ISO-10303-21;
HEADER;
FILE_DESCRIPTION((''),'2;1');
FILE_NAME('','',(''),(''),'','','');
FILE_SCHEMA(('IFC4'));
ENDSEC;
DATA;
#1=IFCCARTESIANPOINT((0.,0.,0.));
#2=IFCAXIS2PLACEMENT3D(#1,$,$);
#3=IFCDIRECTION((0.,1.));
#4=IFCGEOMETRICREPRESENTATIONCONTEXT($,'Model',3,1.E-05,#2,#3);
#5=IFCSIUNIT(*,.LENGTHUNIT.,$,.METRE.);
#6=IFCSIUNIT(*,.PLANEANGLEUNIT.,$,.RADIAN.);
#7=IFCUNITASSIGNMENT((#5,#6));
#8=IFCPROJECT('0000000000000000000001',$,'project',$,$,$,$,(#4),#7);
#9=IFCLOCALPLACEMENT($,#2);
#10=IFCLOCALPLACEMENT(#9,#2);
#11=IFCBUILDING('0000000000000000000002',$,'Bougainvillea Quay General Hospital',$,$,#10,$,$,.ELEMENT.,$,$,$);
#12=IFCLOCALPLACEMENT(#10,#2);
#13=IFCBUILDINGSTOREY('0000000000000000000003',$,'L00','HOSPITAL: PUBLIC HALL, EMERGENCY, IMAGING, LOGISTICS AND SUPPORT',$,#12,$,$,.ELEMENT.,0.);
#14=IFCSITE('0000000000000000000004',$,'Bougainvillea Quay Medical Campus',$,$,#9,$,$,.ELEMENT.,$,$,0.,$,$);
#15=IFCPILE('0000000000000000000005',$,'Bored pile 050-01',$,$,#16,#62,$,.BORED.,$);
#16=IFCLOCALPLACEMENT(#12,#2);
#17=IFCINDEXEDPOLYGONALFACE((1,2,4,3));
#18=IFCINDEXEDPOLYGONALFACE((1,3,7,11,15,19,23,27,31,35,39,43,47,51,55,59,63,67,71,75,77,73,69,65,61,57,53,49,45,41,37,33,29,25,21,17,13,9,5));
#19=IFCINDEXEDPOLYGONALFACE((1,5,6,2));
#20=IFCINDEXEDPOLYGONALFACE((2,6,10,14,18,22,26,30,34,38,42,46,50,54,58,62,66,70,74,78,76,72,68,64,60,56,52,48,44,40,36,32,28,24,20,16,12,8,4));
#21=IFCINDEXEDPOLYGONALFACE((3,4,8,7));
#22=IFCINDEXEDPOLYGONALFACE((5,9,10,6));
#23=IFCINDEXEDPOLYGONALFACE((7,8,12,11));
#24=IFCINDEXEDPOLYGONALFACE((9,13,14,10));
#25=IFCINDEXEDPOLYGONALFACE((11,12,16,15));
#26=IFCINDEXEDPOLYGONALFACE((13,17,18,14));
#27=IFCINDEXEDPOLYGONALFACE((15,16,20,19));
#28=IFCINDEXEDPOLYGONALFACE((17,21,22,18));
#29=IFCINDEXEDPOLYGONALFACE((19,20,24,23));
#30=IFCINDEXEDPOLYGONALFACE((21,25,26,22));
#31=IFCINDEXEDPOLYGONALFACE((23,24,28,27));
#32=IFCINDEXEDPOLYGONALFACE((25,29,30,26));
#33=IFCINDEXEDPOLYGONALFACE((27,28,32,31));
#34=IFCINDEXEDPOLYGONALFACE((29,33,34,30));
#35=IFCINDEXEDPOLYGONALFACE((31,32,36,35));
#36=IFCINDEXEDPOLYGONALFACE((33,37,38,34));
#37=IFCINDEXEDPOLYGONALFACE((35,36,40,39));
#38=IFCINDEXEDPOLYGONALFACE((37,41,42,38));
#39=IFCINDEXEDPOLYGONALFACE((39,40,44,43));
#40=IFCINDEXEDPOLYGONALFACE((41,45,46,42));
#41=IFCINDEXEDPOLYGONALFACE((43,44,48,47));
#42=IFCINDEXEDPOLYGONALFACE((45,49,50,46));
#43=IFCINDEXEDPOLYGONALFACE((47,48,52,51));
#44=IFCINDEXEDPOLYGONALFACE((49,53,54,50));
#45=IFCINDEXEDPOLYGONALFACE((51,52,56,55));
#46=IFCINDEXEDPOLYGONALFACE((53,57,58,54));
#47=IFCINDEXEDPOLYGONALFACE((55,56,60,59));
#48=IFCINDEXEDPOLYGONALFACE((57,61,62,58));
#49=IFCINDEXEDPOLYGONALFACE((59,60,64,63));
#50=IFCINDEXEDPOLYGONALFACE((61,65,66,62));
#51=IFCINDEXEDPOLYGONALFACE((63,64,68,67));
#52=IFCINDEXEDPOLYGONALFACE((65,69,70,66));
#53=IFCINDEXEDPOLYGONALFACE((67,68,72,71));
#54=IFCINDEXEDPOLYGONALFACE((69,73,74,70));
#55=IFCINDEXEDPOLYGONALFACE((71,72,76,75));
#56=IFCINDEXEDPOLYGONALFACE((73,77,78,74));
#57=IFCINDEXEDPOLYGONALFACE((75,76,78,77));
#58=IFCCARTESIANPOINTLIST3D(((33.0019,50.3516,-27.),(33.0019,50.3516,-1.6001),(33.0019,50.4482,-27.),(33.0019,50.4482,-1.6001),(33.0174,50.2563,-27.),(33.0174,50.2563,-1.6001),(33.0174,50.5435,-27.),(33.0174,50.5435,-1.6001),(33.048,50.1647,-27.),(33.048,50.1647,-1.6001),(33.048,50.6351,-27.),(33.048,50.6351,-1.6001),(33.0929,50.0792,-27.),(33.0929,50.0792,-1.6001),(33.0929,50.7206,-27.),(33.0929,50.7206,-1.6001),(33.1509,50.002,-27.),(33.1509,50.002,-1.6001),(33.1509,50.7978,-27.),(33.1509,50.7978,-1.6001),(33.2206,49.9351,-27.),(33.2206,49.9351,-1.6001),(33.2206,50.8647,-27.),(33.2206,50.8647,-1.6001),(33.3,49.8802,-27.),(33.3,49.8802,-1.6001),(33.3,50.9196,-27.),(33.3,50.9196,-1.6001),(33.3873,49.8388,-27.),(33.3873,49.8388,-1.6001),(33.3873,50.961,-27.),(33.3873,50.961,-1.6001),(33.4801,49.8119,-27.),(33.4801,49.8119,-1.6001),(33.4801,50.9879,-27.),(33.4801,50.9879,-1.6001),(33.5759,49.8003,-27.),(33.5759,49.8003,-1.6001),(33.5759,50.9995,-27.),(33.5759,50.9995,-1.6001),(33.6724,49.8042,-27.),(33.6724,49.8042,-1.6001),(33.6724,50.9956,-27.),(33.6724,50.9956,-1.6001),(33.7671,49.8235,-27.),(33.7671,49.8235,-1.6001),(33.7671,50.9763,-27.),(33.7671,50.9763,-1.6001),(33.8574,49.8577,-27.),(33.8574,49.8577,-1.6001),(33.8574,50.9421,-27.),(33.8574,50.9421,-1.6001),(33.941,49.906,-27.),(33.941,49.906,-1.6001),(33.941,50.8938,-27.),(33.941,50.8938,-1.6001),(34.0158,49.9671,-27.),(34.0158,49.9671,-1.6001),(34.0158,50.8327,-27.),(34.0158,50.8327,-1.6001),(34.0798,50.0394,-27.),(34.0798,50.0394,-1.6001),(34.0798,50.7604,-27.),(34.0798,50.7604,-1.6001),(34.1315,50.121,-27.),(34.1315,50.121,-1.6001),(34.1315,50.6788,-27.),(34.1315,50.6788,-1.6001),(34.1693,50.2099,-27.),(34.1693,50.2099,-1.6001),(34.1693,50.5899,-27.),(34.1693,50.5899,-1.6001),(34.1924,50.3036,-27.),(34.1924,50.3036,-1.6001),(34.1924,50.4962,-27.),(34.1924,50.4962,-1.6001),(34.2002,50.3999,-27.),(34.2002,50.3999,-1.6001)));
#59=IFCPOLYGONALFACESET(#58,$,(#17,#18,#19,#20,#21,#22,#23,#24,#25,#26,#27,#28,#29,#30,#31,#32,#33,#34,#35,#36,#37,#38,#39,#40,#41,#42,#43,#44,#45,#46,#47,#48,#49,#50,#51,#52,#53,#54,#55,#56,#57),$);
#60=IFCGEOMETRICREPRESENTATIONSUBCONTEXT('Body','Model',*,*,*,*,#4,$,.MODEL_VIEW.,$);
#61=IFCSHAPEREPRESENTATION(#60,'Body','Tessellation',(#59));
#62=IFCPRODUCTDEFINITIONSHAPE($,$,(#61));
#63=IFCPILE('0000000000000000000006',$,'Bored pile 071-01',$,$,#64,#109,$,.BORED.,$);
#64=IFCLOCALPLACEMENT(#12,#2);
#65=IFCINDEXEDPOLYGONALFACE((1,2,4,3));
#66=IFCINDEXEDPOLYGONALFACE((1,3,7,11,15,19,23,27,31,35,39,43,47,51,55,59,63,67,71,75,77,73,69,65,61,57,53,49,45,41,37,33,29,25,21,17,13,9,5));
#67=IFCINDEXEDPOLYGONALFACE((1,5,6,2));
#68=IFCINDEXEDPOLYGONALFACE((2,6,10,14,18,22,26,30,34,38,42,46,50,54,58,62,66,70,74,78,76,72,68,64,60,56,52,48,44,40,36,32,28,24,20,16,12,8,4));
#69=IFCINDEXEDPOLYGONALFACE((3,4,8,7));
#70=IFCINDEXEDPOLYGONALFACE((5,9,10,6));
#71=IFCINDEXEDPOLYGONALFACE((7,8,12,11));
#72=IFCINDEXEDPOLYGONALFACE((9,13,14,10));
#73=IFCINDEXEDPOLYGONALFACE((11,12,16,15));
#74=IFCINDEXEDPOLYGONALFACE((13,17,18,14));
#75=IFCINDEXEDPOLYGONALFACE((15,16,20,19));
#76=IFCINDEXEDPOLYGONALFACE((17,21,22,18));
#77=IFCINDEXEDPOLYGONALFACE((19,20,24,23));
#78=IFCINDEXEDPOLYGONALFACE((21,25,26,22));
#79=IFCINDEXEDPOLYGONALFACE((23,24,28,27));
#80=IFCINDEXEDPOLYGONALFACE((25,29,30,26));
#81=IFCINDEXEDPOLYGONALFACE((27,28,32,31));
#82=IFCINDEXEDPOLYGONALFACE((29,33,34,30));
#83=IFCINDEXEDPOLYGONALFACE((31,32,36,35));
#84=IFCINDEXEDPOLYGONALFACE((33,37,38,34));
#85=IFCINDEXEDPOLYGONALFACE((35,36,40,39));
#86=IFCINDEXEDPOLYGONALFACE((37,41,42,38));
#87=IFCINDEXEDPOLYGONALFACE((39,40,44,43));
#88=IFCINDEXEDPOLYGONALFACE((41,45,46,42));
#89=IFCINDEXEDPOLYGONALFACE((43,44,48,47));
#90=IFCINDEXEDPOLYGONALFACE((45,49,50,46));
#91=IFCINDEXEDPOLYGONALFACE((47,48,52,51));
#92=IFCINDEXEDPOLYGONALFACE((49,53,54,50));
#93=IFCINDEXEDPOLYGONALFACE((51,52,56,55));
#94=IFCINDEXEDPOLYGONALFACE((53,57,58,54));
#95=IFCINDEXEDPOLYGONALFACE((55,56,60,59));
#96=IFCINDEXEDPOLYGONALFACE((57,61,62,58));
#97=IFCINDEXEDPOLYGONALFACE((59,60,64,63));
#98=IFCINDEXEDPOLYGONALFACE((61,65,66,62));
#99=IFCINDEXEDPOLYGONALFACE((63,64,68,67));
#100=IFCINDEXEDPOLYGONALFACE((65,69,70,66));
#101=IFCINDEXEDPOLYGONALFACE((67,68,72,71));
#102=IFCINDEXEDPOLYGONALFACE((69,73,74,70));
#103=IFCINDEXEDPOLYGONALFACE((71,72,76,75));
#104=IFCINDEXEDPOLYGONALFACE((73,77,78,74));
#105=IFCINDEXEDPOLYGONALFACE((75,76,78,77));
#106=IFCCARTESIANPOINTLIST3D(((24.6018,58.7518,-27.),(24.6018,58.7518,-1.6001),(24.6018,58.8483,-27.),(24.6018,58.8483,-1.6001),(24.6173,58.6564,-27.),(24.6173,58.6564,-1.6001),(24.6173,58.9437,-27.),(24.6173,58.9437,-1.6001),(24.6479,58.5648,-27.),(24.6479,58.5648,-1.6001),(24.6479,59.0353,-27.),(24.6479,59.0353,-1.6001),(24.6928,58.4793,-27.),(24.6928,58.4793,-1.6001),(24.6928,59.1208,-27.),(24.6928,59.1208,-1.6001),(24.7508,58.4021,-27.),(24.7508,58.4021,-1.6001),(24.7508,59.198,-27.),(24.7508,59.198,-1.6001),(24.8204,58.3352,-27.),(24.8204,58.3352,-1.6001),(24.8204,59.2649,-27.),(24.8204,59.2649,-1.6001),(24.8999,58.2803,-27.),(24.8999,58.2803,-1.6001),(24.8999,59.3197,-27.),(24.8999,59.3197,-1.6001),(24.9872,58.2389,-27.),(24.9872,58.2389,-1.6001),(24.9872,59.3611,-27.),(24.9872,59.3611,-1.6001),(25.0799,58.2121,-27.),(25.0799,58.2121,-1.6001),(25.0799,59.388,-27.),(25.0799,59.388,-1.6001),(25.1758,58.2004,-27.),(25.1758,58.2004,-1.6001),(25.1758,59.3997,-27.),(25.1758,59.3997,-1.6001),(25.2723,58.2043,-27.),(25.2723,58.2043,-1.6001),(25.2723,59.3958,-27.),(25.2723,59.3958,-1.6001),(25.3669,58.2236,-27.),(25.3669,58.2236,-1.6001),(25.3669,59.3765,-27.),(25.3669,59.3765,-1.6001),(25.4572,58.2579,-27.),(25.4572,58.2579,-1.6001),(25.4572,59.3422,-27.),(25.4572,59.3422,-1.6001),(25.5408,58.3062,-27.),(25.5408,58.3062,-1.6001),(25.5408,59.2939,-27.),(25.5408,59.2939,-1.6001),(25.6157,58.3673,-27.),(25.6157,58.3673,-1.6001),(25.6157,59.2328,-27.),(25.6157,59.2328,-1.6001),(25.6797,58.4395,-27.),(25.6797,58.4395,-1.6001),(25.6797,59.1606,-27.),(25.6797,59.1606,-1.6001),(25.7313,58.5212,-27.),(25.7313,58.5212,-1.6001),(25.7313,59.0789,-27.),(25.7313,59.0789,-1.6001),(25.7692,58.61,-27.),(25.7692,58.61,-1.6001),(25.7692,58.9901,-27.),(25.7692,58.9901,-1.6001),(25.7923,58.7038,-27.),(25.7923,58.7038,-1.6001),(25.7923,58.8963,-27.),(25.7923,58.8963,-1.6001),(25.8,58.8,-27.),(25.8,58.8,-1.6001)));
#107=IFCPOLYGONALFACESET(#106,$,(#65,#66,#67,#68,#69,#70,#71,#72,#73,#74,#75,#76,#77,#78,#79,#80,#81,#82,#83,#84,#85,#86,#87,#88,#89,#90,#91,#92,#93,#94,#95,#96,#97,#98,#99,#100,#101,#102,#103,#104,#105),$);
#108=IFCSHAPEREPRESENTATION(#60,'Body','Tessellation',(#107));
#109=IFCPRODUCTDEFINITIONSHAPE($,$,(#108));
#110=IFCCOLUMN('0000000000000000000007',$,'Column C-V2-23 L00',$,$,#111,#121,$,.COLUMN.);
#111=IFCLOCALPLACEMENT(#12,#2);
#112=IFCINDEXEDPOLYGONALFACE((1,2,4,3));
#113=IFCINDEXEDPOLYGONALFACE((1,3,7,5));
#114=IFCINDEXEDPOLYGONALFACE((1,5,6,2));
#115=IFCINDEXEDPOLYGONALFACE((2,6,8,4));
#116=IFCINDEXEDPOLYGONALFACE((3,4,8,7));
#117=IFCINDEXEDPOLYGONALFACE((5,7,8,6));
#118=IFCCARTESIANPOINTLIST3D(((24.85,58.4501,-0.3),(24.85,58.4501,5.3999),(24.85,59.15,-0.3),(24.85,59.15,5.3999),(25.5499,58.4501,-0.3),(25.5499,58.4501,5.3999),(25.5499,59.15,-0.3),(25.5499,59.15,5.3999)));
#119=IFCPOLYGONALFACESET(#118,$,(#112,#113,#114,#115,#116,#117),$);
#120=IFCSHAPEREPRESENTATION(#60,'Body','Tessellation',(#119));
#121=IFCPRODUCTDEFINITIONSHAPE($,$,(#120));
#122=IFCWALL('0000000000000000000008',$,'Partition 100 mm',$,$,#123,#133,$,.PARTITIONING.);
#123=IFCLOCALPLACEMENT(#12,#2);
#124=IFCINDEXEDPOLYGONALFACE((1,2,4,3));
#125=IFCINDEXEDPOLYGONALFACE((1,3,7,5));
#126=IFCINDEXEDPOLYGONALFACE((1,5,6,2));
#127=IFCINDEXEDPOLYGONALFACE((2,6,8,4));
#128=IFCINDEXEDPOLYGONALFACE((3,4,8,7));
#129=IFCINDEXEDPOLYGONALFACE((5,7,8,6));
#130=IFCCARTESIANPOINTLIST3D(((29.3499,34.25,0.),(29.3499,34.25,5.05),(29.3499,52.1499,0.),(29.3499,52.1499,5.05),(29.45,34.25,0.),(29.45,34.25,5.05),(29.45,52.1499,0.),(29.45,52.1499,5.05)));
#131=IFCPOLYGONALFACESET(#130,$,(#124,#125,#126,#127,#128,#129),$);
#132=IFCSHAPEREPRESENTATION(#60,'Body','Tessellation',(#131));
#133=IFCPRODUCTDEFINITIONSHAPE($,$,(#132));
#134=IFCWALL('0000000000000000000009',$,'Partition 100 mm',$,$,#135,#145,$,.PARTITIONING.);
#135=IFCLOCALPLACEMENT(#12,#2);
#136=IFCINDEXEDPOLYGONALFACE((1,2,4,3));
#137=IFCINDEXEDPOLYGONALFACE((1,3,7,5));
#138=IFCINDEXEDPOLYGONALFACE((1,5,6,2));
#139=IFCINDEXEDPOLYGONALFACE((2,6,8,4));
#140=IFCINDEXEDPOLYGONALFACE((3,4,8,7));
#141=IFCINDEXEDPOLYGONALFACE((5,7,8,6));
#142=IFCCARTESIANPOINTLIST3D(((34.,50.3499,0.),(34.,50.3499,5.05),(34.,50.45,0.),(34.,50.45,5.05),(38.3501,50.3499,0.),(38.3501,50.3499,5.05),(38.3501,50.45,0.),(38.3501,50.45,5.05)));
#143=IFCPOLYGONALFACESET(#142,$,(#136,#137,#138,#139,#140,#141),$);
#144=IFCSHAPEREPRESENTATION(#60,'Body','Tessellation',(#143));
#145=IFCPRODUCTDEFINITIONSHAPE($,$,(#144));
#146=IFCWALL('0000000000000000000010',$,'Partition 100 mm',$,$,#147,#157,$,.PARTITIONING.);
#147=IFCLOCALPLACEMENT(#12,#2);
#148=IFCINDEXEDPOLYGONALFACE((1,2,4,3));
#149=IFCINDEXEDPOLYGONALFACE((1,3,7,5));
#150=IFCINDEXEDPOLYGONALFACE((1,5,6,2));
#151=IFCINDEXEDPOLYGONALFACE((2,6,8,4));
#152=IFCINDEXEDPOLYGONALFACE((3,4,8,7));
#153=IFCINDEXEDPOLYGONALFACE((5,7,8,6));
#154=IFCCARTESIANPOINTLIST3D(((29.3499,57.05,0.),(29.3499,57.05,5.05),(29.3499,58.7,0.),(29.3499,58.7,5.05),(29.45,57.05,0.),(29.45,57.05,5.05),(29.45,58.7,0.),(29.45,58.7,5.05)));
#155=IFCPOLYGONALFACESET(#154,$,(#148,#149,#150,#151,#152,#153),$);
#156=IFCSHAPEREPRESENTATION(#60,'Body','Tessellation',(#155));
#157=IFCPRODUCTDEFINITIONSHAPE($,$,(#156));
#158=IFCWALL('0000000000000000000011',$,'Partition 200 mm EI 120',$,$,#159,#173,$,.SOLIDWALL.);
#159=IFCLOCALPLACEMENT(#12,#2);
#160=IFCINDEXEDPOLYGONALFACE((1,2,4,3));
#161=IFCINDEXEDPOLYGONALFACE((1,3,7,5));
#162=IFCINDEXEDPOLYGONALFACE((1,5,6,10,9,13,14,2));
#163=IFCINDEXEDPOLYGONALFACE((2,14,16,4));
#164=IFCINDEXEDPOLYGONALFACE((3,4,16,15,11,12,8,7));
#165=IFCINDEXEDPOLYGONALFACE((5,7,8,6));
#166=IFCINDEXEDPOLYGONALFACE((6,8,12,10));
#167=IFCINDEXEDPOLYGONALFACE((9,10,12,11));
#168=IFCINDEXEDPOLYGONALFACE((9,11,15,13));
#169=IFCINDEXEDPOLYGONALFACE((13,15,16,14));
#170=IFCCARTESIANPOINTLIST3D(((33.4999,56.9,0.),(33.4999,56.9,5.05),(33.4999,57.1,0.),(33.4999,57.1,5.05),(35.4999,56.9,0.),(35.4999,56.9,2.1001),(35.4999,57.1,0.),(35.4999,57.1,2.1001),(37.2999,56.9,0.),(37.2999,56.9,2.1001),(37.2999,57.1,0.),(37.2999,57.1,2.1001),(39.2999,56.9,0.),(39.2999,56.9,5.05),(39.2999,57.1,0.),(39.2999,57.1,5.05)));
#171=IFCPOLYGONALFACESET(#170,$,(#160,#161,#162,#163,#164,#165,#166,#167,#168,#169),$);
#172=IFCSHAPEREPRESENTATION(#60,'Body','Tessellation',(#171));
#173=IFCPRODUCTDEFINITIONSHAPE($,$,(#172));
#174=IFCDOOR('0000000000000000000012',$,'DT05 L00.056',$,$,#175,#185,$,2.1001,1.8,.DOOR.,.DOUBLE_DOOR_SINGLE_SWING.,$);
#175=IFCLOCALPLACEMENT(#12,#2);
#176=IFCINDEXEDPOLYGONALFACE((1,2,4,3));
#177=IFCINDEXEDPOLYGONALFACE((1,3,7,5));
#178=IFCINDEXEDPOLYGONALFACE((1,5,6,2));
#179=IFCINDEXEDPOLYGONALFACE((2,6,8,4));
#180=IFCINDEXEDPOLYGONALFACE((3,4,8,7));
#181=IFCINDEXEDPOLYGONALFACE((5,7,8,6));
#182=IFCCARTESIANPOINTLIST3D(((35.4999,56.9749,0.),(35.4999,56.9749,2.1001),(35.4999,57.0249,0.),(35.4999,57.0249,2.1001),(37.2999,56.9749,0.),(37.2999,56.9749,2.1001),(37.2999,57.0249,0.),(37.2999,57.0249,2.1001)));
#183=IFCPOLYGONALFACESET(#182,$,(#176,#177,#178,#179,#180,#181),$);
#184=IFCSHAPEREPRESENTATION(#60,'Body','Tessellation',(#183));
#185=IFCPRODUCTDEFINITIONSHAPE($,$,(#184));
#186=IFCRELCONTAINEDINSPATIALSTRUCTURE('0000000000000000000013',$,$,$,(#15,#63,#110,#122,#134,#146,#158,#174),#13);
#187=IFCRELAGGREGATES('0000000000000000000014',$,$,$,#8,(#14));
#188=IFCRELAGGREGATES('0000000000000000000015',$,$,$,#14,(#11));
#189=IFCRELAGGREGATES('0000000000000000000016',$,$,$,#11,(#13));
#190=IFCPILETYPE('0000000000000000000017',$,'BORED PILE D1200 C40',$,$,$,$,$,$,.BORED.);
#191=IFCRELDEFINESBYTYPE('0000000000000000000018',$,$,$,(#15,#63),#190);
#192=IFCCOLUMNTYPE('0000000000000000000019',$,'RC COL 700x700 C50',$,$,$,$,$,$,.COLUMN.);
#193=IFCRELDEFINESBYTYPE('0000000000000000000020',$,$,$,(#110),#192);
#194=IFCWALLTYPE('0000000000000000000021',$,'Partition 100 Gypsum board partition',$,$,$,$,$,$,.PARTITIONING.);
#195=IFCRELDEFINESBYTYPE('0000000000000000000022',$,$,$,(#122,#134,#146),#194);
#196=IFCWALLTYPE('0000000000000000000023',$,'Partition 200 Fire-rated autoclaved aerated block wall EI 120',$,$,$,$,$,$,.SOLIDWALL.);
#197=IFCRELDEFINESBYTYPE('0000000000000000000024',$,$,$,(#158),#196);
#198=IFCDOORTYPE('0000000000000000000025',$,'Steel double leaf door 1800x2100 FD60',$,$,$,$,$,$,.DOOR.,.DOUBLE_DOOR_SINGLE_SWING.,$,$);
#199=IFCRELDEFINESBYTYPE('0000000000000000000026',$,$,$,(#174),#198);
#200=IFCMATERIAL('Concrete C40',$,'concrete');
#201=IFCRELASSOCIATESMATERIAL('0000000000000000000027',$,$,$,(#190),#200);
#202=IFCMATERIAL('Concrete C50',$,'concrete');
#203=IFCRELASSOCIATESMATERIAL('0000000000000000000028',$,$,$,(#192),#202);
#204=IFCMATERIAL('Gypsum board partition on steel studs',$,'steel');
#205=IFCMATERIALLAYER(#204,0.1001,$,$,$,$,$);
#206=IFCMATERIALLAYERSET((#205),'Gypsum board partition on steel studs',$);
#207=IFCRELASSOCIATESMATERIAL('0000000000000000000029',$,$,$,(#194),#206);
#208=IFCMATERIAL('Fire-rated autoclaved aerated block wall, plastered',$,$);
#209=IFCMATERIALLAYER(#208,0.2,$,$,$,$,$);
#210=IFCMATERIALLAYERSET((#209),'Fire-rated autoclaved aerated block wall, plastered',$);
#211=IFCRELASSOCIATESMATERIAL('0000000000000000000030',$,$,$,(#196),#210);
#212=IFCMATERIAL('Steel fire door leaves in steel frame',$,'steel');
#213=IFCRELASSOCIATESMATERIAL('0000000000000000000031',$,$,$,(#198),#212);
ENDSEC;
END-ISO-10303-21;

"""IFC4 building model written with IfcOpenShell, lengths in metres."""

from ifc_helpers import new_model, si_unit, direction, frame, frame_2d, origin, origin_2d, place, context, subcontext, project, spatial, rectangle, circle, extrude, material, layer, layer_set, material_profile, profile_set, type_object, element, fill, save


model = new_model("IFC4")

# Units and contexts
model_context = context("Model", 3, precision=1e-05, world=origin(), true_north=direction((0.0, 1.0)))
body_context = subcontext(model_context, "Body", "Model", "MODEL_VIEW")
ifc_project = project(units=[si_unit("LENGTHUNIT", "METRE"), si_unit("PLANEANGLEUNIT", "RADIAN")], contexts=[model_context])

# Site, building, storey
site_placement = place(None, origin())
site = spatial("IfcSite", under=ifc_project, at=site_placement, Name="Bougainvillea Quay Medical Campus", CompositionType="ELEMENT", RefElevation=0.0)
building_placement = place(site_placement, origin())
building = spatial("IfcBuilding", under=site, at=building_placement, Name="Bougainvillea Quay General Hospital", CompositionType="ELEMENT")
storey_placement = place(building_placement, origin())
storey = spatial("IfcBuildingStorey", under=building, at=storey_placement, Name="L00", Description="HOSPITAL: PUBLIC HALL, EMERGENCY, IMAGING, LOGISTICS AND SUPPORT", CompositionType="ELEMENT", Elevation=0.0)

# Piles
ifc_material_1 = material(Name="Concrete C40", Category="concrete")
ifc_material_profile_1 = material_profile(ifc_material_1, circle(Radius=0.6001, at=origin_2d()))
ifc_profile_set_1 = profile_set([ifc_material_profile_1], Name="Concrete C40")
pile_type = type_object("IfcPileType", Name="BORED PILE D1200 C40", PredefinedType="BORED", material=ifc_profile_set_1)
for number, where, z_axis, x_axis, name in (
    (1, (33.6001, 50.3999, -1.6001), (0.0, 0.0, -1.0), (1.0, 0.0, 0.0), "Bored pile 050-01"),
    (2, (25.2, 58.8, -1.6001), (0.0, 0.0, -1.0), (1.0, 0.0, 0.0), "Bored pile 071-01"),
):
    element("IfcPile", number, at=place(storey_placement, frame(where, z_axis=z_axis, x_axis=x_axis)), inside=storey, type_object=pile_type, Name=name, PredefinedType="BORED", context=body_context, shape_type="SweptSolid", body=[
        extrude(circle(Radius=0.6001, at=origin_2d()), origin(), (0.0, 0.0, 1.0), 25.3999),
    ])

# Column
ifc_material_2 = material(Name="Concrete C50", Category="concrete")
ifc_material_profile_2 = material_profile(ifc_material_2, rectangle(XDim=0.7, YDim=0.7, at=origin_2d()))
ifc_profile_set_2 = profile_set([ifc_material_profile_2], Name="Concrete C50")
column_type = type_object("IfcColumnType", Name="RC COL 700x700 C50", PredefinedType="COLUMN", material=ifc_profile_set_2)
column_placement = place(storey_placement, frame((25.2, 58.8, -0.3), z_axis=(0.0, 0.0, 1.0), x_axis=(1.0, 0.0, 0.0)))
element("IfcColumn", 3, at=column_placement, inside=storey, type_object=column_type, Name="Column C-V2-23 L00", PredefinedType="COLUMN", context=body_context, shape_type="SweptSolid", body=[
    extrude(rectangle(XDim=0.7, YDim=0.7, at=origin_2d()), origin(), (0.0, 0.0, 1.0), 5.7),
])

# Walls
ifc_material_3 = material(Name="Gypsum board partition on steel studs", Category="steel")
ifc_layer_1 = layer(ifc_material_3, 0.1001)
ifc_layer_set_1 = layer_set([ifc_layer_1], Name="Gypsum board partition on steel studs")
wall_type_1 = type_object("IfcWallType", Name="Partition 100 Gypsum board partition", PredefinedType="PARTITIONING", material=ifc_layer_set_1)
wall_1_placement = place(storey_placement, frame((29.3999, 52.1499, 0.0), z_axis=(0.0, 0.0, 1.0), x_axis=(0.0, -1.0, 0.0)))
element("IfcWall", 4, at=wall_1_placement, inside=storey, type_object=wall_type_1, Name="Partition 100 mm", PredefinedType="PARTITIONING", context=body_context, shape_type="SweptSolid", body=[
    extrude(rectangle(XDim=17.8999, YDim=0.1001, at=frame_2d((8.95, 0.0))), origin(), (0.0, 0.0, 1.0), 5.05),
])
wall_2_placement = place(storey_placement, frame((34.0, 50.3999, 0.0), z_axis=(0.0, 0.0, 1.0), x_axis=(1.0, 0.0, 0.0)))
element("IfcWall", 5, at=wall_2_placement, inside=storey, type_object=wall_type_1, Name="Partition 100 mm", PredefinedType="PARTITIONING", context=body_context, shape_type="SweptSolid", body=[
    extrude(rectangle(XDim=4.3501, YDim=0.1001, at=frame_2d((2.175, 0.0))), origin(), (0.0, 0.0, 1.0), 5.05),
])
wall_3_placement = place(storey_placement, frame((29.3999, 57.05, 0.0), z_axis=(0.0, 0.0, 1.0), x_axis=(0.0, 1.0, 0.0)))
element("IfcWall", 6, at=wall_3_placement, inside=storey, type_object=wall_type_1, Name="Partition 100 mm", PredefinedType="PARTITIONING", context=body_context, shape_type="SweptSolid", body=[
    extrude(rectangle(XDim=1.6499, YDim=0.1001, at=frame_2d((0.825, 0.0))), origin(), (0.0, 0.0, 1.0), 5.05),
])

# Wall, opening, door
ifc_material_4 = material(Name="Fire-rated autoclaved aerated block wall, plastered")
ifc_layer_2 = layer(ifc_material_4, 0.2)
ifc_layer_set_2 = layer_set([ifc_layer_2], Name="Fire-rated autoclaved aerated block wall, plastered")
wall_type_2 = type_object("IfcWallType", Name="Partition 200 Fire-rated autoclaved aerated block wall EI 120", PredefinedType="SOLIDWALL", material=ifc_layer_set_2)
wall_4_placement = place(storey_placement, frame((33.5, 57.0, 0.0), z_axis=(0.0, 0.0, 1.0), x_axis=(1.0, 0.0, 0.0)))
wall_4 = element("IfcWall", 7, at=wall_4_placement, inside=storey, type_object=wall_type_2, Name="Partition 200 mm EI 120", PredefinedType="SOLIDWALL", context=body_context, shape_type="SweptSolid", body=[
    extrude(rectangle(XDim=5.8, YDim=0.2, at=frame_2d((2.8999, 0.0))), origin(), (0.0, 0.0, 1.0), 5.05),
])
opening_placement = place(wall_4_placement, frame((2.0, 0.0, 0.0)))
opening = element("IfcOpeningElement", 8, at=opening_placement, cuts=wall_4, PredefinedType="OPENING", context=body_context, shape_type="SweptSolid", body=[
    extrude(rectangle(XDim=1.8, YDim=2.1001, at=frame_2d((0.8999, 1.05))), frame((0.0, 0.1099, 0.0), z_axis=(0.0, -1.0, 0.0), x_axis=(1.0, 0.0, 0.0)), (0.0, 0.0, 1.0), 0.22),
])
ifc_material_5 = material(Name="Steel fire door leaves in steel frame", Category="steel")
door_type = type_object("IfcDoorType", Name="Steel double leaf door 1800x2100 FD60", OperationType="DOUBLE_DOOR_SINGLE_SWING", PredefinedType="DOOR", material=ifc_material_5)
door_placement = place(opening_placement, origin())
door = element("IfcDoor", 9, at=door_placement, inside=storey, type_object=door_type, Name="DT05 L00.056", OperationType="DOUBLE_DOOR_SINGLE_SWING", OverallHeight=2.1001, OverallWidth=1.8, PredefinedType="DOOR", context=body_context, shape_type="SweptSolid", body=[
    extrude(rectangle(XDim=1.8, YDim=2.1001, at=frame_2d((0.8999, 1.05))), frame((0.0, 0.0249, 0.0), z_axis=(0.0, -1.0, 0.0), x_axis=(1.0, 0.0, 0.0)), (0.0, 0.0, 1.0), 0.05),
])
fill(opening, door)

save(model, "model.ifc")
